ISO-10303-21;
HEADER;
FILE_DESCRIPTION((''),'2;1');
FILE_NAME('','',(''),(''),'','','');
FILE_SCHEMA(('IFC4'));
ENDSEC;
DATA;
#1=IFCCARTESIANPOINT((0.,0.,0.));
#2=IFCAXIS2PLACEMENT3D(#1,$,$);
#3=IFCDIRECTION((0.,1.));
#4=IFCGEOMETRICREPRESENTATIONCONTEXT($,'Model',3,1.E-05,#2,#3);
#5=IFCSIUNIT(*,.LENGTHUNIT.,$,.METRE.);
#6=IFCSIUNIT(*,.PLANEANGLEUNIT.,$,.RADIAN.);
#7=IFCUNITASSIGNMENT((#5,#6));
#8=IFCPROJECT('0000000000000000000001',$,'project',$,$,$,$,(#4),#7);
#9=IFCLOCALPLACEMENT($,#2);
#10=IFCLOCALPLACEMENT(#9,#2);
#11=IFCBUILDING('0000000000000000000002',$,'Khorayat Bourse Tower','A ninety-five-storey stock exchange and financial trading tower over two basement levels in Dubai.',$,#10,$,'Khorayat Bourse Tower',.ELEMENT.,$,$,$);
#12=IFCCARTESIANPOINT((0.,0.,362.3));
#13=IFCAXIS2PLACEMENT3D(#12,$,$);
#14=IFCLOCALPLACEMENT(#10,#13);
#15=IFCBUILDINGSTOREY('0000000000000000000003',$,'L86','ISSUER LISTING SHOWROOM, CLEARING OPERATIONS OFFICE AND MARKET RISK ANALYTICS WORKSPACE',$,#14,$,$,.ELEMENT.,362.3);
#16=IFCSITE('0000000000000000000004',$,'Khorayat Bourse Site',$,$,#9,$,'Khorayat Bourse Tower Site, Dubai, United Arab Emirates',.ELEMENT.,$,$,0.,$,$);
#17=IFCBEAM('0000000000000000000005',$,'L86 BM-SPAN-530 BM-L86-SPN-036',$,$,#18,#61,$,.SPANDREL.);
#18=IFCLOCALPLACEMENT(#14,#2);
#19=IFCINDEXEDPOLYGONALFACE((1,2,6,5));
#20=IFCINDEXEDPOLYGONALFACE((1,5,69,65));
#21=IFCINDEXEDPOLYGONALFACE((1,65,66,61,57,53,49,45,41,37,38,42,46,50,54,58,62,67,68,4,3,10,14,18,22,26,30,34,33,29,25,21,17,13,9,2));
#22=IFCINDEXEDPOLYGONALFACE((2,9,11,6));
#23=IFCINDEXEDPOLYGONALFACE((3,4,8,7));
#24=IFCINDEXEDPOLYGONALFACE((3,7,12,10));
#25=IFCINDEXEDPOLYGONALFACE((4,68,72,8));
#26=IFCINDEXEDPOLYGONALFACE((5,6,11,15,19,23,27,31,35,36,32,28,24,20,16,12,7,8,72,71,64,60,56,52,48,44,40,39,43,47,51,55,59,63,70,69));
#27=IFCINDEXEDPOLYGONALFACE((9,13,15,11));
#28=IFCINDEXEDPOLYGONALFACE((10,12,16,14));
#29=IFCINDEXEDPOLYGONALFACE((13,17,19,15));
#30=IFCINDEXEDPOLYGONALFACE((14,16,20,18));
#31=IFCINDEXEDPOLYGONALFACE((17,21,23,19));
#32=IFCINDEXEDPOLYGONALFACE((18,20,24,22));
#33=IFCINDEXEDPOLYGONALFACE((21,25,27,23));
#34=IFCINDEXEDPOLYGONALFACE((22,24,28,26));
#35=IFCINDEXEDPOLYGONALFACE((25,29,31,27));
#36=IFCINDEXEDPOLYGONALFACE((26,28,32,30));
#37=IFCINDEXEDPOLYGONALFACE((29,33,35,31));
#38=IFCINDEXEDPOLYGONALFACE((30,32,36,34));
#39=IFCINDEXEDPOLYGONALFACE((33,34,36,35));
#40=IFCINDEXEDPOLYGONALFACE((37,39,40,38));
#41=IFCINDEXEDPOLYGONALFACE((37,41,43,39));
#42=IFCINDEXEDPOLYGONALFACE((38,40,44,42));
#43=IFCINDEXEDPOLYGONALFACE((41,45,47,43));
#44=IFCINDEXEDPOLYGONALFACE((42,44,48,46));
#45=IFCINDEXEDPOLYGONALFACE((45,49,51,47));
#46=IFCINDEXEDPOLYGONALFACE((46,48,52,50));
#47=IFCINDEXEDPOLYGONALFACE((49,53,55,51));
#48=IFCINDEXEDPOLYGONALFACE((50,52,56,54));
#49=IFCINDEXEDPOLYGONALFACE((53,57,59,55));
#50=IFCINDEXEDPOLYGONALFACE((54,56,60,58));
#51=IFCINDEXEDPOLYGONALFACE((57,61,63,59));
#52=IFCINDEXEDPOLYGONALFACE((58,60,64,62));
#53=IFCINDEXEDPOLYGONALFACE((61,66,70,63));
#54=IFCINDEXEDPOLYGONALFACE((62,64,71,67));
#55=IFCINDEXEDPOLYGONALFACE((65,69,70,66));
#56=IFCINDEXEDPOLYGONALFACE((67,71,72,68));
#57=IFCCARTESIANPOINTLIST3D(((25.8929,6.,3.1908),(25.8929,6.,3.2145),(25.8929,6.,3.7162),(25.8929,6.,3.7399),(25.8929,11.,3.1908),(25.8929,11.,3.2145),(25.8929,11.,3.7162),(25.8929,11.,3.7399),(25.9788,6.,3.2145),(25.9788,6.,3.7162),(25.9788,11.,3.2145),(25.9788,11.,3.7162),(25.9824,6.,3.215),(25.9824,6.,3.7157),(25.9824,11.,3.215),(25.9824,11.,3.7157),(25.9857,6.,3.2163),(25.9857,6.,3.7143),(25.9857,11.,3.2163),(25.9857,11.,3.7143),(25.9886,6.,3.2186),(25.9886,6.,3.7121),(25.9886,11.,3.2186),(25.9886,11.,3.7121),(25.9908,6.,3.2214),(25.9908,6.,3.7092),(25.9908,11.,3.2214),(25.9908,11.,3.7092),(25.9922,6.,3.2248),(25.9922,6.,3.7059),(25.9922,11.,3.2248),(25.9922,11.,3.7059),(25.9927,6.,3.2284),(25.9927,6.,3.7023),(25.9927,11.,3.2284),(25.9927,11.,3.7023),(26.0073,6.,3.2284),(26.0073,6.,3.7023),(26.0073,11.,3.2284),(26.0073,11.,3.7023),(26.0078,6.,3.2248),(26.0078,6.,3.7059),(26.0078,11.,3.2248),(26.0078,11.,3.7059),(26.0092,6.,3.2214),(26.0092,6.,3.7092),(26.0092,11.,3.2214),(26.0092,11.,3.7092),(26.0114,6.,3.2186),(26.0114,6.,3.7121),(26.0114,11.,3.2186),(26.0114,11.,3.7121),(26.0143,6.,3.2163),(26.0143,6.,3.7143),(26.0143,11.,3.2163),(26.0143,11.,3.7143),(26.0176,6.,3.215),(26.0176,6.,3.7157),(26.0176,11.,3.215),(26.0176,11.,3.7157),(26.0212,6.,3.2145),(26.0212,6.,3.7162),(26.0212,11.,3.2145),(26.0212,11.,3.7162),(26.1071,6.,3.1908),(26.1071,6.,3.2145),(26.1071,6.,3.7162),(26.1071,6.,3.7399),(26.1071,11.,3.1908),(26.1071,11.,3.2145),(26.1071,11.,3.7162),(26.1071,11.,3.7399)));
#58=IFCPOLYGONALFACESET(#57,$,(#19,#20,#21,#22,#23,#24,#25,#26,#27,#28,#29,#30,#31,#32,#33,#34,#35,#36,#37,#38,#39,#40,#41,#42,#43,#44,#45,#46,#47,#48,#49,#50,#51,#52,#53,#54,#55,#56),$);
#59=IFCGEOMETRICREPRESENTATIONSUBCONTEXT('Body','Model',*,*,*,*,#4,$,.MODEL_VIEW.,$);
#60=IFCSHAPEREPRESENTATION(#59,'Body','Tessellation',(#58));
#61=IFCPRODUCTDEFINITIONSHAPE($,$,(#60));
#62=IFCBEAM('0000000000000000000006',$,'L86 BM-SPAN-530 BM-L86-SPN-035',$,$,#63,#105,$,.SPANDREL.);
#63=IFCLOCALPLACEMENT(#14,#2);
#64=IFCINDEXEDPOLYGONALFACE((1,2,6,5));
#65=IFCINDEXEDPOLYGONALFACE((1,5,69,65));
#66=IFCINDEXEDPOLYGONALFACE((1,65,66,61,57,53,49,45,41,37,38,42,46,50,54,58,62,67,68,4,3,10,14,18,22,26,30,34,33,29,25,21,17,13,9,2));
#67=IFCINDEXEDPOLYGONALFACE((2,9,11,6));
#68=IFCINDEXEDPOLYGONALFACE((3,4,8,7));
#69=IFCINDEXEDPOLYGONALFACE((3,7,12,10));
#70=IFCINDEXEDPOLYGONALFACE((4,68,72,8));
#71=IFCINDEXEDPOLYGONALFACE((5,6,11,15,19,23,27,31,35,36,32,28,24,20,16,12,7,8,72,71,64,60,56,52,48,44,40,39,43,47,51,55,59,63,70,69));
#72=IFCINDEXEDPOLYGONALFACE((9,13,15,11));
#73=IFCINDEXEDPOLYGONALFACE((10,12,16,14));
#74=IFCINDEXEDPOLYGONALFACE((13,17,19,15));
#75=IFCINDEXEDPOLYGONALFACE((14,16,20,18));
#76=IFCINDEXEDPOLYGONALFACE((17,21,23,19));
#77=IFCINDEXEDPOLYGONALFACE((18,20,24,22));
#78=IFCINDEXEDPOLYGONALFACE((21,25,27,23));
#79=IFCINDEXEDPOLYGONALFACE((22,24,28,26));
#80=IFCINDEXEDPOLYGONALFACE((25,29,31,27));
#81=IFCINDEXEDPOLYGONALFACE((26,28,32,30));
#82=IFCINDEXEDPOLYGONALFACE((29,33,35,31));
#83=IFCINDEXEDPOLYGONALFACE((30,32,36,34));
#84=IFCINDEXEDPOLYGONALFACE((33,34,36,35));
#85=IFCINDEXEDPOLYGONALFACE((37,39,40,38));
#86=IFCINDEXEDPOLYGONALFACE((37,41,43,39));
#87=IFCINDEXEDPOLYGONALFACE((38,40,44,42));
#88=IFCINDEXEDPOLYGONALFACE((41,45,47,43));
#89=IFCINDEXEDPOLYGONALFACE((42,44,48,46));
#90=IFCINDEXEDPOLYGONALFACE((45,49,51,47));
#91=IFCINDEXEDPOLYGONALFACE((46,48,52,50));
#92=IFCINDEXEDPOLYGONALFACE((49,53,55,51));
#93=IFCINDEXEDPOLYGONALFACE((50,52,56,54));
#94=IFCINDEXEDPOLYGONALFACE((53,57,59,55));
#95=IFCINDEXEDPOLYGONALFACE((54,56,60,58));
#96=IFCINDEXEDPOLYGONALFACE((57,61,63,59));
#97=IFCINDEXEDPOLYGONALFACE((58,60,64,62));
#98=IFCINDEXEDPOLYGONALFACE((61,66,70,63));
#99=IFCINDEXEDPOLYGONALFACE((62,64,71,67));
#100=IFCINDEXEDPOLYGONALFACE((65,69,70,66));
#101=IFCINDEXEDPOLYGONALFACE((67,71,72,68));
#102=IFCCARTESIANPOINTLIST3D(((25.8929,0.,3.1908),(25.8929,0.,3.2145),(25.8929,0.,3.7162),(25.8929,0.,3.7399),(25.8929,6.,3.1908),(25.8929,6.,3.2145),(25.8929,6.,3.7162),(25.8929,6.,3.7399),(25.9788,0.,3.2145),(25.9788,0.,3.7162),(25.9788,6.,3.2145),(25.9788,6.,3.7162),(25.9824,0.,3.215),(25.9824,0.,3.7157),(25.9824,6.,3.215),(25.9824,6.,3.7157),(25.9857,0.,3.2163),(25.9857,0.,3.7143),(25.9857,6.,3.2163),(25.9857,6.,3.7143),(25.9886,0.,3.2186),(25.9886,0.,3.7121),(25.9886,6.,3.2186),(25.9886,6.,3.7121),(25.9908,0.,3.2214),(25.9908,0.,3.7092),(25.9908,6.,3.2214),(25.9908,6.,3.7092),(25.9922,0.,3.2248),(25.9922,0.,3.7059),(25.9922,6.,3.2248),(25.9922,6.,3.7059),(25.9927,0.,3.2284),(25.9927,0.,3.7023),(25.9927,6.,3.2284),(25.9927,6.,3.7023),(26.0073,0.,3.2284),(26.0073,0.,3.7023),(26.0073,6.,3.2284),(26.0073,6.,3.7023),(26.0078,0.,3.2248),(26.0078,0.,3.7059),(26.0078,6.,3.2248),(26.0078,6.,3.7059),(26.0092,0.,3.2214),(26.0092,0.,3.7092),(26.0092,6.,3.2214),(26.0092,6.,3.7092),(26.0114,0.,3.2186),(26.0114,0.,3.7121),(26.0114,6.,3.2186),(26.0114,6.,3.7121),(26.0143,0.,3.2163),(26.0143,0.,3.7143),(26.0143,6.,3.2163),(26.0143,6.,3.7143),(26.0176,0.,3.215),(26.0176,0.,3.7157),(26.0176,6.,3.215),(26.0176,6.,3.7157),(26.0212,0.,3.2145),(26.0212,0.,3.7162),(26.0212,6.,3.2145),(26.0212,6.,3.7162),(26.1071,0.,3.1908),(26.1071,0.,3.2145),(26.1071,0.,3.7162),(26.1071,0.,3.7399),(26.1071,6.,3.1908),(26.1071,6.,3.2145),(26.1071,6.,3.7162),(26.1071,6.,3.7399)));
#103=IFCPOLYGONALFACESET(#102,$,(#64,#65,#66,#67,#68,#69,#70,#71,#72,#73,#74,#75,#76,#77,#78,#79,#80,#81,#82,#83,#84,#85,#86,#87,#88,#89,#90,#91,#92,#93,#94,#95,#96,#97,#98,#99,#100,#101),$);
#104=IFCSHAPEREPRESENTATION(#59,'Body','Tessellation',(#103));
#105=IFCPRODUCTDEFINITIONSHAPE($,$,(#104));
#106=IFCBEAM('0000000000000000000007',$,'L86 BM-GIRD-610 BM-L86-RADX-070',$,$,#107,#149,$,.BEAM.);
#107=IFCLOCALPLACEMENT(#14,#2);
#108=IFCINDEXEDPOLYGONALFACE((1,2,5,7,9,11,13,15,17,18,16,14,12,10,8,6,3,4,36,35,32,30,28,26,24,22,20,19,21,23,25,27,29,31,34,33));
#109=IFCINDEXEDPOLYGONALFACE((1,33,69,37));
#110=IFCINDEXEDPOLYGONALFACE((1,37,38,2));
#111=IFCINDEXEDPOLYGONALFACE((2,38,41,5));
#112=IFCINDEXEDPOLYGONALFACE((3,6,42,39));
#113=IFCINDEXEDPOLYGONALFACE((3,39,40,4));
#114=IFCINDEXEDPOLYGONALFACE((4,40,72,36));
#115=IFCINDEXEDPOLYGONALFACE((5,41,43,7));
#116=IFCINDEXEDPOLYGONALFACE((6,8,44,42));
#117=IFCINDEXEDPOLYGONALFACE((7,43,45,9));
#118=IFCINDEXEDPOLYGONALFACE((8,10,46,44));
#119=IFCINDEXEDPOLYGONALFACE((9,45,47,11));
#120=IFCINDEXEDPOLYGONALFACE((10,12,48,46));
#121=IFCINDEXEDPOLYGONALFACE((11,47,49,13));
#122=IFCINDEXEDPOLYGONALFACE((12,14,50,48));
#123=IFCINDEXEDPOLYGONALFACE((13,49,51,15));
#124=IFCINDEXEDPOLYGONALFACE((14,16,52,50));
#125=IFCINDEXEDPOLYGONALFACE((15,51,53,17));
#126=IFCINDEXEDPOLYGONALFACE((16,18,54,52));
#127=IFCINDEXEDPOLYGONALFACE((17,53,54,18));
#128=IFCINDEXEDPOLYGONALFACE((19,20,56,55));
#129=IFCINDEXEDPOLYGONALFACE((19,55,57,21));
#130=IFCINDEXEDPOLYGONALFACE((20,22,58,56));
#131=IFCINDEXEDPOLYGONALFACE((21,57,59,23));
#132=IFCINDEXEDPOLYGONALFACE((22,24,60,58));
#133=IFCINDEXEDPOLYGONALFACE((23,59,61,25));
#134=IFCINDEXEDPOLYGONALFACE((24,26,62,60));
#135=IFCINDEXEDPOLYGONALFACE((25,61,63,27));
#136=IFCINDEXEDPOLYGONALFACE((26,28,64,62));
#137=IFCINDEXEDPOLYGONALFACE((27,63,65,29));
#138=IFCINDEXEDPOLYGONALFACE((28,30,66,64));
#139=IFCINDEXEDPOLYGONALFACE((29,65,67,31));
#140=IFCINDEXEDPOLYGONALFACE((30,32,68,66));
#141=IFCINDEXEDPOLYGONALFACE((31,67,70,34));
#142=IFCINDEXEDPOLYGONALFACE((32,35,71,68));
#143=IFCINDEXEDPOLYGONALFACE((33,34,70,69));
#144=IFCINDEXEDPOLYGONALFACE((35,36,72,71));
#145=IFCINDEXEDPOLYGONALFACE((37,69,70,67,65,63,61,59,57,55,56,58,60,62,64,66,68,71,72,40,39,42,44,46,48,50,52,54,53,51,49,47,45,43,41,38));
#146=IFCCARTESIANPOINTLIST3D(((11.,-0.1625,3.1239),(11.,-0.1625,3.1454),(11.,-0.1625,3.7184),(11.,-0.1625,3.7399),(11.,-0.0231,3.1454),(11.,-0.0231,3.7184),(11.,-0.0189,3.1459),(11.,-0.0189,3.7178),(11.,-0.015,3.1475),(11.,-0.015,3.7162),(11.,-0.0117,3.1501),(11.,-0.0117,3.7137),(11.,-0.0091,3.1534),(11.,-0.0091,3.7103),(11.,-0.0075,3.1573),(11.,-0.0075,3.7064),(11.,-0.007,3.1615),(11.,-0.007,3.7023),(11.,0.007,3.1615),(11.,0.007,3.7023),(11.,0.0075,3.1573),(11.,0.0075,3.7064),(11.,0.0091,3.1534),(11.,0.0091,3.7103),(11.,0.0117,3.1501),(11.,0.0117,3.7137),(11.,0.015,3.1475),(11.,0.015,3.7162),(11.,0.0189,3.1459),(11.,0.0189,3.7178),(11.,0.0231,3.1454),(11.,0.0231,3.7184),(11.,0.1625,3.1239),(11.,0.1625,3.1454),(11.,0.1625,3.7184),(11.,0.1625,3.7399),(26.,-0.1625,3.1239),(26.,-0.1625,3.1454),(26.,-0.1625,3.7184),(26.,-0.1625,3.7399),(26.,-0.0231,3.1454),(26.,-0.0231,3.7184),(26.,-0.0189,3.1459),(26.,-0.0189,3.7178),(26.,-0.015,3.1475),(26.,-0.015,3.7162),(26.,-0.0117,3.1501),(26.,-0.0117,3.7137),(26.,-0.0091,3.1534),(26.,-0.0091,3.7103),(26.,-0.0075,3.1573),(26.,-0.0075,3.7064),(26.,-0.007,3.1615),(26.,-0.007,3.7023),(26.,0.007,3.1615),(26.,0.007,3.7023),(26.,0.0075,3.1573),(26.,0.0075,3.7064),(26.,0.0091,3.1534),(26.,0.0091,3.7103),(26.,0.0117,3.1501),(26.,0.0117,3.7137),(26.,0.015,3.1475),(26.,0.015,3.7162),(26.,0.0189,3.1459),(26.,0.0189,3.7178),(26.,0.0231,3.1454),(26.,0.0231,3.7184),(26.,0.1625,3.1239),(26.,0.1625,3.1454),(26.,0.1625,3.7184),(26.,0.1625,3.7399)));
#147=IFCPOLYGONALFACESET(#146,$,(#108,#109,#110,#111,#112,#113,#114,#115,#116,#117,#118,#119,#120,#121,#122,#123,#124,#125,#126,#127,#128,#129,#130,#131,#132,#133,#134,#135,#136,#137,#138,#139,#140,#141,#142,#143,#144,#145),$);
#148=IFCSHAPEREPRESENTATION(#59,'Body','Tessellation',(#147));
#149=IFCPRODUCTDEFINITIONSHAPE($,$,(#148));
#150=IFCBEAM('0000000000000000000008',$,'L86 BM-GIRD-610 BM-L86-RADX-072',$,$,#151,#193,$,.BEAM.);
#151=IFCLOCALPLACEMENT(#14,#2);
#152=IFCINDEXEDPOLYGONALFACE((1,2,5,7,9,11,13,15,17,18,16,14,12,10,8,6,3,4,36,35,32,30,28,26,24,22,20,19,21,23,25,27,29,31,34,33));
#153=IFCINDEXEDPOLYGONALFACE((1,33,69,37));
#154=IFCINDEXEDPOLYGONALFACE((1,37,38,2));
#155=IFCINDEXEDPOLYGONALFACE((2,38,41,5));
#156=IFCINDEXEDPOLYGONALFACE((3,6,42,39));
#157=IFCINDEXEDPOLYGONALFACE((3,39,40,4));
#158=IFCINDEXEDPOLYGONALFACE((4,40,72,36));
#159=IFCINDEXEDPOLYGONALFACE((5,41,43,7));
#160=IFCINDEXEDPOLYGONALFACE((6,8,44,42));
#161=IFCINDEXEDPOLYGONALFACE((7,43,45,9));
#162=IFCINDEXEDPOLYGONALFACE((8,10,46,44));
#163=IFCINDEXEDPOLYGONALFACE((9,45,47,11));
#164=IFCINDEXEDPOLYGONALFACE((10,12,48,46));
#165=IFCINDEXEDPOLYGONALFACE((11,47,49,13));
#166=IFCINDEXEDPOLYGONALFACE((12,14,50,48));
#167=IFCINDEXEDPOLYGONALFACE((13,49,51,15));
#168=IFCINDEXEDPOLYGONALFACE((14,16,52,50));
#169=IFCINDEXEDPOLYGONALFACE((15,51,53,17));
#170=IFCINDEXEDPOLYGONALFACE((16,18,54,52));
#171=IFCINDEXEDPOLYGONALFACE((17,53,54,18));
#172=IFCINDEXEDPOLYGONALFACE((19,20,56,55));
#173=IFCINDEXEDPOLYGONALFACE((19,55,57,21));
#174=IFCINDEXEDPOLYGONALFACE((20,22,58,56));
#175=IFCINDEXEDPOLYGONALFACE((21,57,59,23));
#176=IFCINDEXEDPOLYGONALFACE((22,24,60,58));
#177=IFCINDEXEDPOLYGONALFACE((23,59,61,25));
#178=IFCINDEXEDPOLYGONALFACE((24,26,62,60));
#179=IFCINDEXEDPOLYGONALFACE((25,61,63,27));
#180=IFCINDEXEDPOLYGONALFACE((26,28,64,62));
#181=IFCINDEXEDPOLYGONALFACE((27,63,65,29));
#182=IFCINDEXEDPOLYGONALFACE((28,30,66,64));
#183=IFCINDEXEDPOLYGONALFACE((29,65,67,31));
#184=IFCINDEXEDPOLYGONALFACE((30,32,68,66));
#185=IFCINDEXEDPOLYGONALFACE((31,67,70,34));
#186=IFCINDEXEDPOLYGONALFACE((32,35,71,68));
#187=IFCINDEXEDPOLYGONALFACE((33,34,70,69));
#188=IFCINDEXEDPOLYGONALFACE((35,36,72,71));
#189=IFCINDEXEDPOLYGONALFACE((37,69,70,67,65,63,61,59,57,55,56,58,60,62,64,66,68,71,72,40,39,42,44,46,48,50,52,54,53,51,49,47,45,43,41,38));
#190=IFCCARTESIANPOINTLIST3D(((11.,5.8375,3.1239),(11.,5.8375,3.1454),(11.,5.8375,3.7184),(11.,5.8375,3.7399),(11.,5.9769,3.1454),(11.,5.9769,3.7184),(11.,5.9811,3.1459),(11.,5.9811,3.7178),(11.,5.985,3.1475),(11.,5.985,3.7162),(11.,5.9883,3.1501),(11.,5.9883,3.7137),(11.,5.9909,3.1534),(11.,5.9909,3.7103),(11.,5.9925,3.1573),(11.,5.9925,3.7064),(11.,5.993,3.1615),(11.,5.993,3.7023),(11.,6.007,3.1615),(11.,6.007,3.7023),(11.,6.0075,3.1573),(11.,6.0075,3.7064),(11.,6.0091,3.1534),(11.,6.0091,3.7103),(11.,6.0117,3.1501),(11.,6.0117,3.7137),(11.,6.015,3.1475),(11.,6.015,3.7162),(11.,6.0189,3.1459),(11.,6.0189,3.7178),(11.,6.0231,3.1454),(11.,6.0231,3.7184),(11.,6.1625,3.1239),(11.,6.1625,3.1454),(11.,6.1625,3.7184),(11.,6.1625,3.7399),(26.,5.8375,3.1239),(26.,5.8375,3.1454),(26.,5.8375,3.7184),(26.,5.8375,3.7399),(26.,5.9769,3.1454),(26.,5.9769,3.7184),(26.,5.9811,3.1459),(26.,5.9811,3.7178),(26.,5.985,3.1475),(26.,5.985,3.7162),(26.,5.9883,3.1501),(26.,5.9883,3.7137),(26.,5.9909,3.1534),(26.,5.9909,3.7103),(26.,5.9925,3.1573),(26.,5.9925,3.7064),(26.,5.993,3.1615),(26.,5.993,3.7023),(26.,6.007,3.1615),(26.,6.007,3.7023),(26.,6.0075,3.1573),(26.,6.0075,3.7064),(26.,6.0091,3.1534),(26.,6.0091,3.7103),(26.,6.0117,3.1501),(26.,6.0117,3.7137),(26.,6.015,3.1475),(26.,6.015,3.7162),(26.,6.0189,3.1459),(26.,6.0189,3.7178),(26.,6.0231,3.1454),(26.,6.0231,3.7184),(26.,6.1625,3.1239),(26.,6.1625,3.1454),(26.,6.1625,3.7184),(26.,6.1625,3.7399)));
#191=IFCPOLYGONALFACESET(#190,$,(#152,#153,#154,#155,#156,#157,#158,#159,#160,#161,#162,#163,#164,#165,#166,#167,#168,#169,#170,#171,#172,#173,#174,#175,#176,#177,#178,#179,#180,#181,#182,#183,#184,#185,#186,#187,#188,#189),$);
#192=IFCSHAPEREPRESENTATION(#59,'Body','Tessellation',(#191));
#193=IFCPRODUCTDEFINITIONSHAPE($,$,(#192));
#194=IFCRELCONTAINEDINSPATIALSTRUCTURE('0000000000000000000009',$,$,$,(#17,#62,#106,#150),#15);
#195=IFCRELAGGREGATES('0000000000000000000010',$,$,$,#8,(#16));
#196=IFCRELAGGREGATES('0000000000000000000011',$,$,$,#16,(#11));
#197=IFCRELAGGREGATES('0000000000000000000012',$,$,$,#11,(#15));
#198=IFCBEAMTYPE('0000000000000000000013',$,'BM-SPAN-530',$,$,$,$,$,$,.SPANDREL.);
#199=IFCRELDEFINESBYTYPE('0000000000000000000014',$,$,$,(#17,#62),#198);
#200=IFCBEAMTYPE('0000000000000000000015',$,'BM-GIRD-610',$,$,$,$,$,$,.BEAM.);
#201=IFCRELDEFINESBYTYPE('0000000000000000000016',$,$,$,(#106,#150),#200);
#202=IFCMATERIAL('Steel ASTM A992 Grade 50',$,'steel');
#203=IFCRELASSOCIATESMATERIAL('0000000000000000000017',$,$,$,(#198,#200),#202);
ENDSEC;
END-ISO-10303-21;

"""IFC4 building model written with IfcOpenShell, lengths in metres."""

from ifc_helpers import new_model, si_unit, direction, frame, origin, origin_2d, place, context, subcontext, project, spatial, i_section, extrude, source, transform, mapped, material, material_profile, profile_set, type_object, element, save


model = new_model("IFC4")

# Units and contexts
model_context = context("Model", 3, precision=1e-05, world=origin(), true_north=direction((0.0, 1.0)))
body_context = subcontext(model_context, "Body", "Model", "MODEL_VIEW")
ifc_project = project(units=[si_unit("LENGTHUNIT", "METRE"), si_unit("PLANEANGLEUNIT", "RADIAN")], contexts=[model_context])

# Site, building, storey
site_placement = place(None, origin())
site = spatial("IfcSite", under=ifc_project, at=site_placement, Name="Khorayat Bourse Site", LongName="Khorayat Bourse Tower Site, Dubai, United Arab Emirates", CompositionType="ELEMENT", RefElevation=0.0)
building_placement = place(site_placement, origin())
building = spatial("IfcBuilding", under=site, at=building_placement, Name="Khorayat Bourse Tower", Description="A ninety-five-storey stock exchange and financial trading tower over two basement levels in Dubai.", LongName="Khorayat Bourse Tower", CompositionType="ELEMENT")
storey_placement = place(building_placement, frame((0.0, 0.0, 362.3)))
storey = spatial("IfcBuildingStorey", under=building, at=storey_placement, Name="L86", Description="ISSUER LISTING SHOWROOM, CLEARING OPERATIONS OFFICE AND MARKET RISK ANALYTICS WORKSPACE", CompositionType="ELEMENT", Elevation=362.3)

# Beams
ifc_material_1 = material(Name="Steel ASTM A992 Grade 50", Category="steel")
ifc_material_profile_1 = material_profile(ifc_material_1, i_section(OverallWidth=0.2141, OverallDepth=0.5491, WebThickness=0.0146, FlangeThickness=0.0237, FilletRadius=0.0139, at=origin_2d()), Name="W530X138")
ifc_profile_set_1 = profile_set([ifc_material_profile_1], Name="Steel ASTM A992 Grade 50")
beam_type_1 = type_object("IfcBeamType", Name="BM-SPAN-530", PredefinedType="SPANDREL", material=ifc_profile_set_1)
shared_shape_1 = source(origin(), body_context, "Body", "SweptSolid", [
    extrude(i_section(OverallWidth=0.2141, OverallDepth=0.5491, WebThickness=0.0146, FlangeThickness=0.0237, FilletRadius=0.0139, at=origin_2d()), origin(), (0.0, 0.0, 1.0), 5.0),
])
beam_1_placement = place(storey_placement, frame((26.0, 6.0, 3.4653), z_axis=(0.0, 1.0, 0.0), x_axis=(-1.0, 0.0, 0.0)))
element("IfcBeam", 1, at=beam_1_placement, inside=storey, type_object=beam_type_1, Name="L86 BM-SPAN-530 BM-L86-SPN-036", PredefinedType="SPANDREL", context=body_context, shape_type="MappedRepresentation", body=[
    mapped(shared_shape_1, transform((0.0, 0.0, 0.0), scale=1.0)),
])
shared_shape_2 = source(origin(), body_context, "Body", "SweptSolid", [
    extrude(i_section(OverallWidth=0.2141, OverallDepth=0.5491, WebThickness=0.0146, FlangeThickness=0.0237, FilletRadius=0.0139, at=origin_2d()), origin(), (0.0, 0.0, 1.0), 6.0),
])
beam_2_placement = place(storey_placement, frame((26.0, 0.0, 3.4653), z_axis=(0.0, 1.0, 0.0), x_axis=(-1.0, 0.0, 0.0)))
element("IfcBeam", 2, at=beam_2_placement, inside=storey, type_object=beam_type_1, Name="L86 BM-SPAN-530 BM-L86-SPN-035", PredefinedType="SPANDREL", context=body_context, shape_type="MappedRepresentation", body=[
    mapped(shared_shape_2, transform((0.0, 0.0, 0.0), scale=1.0)),
])
ifc_material_profile_2 = material_profile(ifc_material_1, i_section(OverallWidth=0.325, OverallDepth=0.616, WebThickness=0.0139, FlangeThickness=0.0215, FilletRadius=0.0161, at=origin_2d()), Name="W610X174")
ifc_profile_set_2 = profile_set([ifc_material_profile_2], Name="Steel ASTM A992 Grade 50")
beam_type_2 = type_object("IfcBeamType", Name="BM-GIRD-610", PredefinedType="BEAM", material=ifc_profile_set_2)
shared_shape_3 = source(origin(), body_context, "Body", "SweptSolid", [
    extrude(i_section(OverallWidth=0.325, OverallDepth=0.616, WebThickness=0.0139, FlangeThickness=0.0215, FilletRadius=0.0161, at=origin_2d()), origin(), (0.0, 0.0, 1.0), 15.0),
])
for number, where, z_axis, x_axis, name in (
    (3, (11.0, 0.0, 3.4319), (1.0, 0.0, 0.0), (0.0, 1.0, 0.0), "L86 BM-GIRD-610 BM-L86-RADX-070"),
    (4, (11.0, 6.0, 3.4319), (1.0, 0.0, 0.0), (0.0, 1.0, 0.0), "L86 BM-GIRD-610 BM-L86-RADX-072"),
):
    element("IfcBeam", number, at=place(storey_placement, frame(where, z_axis=z_axis, x_axis=x_axis)), inside=storey, type_object=beam_type_2, Name=name, PredefinedType="BEAM", context=body_context, shape_type="MappedRepresentation", body=[
        mapped(shared_shape_3, transform((0.0, 0.0, 0.0), scale=1.0)),
    ])

save(model, "model.ifc")
